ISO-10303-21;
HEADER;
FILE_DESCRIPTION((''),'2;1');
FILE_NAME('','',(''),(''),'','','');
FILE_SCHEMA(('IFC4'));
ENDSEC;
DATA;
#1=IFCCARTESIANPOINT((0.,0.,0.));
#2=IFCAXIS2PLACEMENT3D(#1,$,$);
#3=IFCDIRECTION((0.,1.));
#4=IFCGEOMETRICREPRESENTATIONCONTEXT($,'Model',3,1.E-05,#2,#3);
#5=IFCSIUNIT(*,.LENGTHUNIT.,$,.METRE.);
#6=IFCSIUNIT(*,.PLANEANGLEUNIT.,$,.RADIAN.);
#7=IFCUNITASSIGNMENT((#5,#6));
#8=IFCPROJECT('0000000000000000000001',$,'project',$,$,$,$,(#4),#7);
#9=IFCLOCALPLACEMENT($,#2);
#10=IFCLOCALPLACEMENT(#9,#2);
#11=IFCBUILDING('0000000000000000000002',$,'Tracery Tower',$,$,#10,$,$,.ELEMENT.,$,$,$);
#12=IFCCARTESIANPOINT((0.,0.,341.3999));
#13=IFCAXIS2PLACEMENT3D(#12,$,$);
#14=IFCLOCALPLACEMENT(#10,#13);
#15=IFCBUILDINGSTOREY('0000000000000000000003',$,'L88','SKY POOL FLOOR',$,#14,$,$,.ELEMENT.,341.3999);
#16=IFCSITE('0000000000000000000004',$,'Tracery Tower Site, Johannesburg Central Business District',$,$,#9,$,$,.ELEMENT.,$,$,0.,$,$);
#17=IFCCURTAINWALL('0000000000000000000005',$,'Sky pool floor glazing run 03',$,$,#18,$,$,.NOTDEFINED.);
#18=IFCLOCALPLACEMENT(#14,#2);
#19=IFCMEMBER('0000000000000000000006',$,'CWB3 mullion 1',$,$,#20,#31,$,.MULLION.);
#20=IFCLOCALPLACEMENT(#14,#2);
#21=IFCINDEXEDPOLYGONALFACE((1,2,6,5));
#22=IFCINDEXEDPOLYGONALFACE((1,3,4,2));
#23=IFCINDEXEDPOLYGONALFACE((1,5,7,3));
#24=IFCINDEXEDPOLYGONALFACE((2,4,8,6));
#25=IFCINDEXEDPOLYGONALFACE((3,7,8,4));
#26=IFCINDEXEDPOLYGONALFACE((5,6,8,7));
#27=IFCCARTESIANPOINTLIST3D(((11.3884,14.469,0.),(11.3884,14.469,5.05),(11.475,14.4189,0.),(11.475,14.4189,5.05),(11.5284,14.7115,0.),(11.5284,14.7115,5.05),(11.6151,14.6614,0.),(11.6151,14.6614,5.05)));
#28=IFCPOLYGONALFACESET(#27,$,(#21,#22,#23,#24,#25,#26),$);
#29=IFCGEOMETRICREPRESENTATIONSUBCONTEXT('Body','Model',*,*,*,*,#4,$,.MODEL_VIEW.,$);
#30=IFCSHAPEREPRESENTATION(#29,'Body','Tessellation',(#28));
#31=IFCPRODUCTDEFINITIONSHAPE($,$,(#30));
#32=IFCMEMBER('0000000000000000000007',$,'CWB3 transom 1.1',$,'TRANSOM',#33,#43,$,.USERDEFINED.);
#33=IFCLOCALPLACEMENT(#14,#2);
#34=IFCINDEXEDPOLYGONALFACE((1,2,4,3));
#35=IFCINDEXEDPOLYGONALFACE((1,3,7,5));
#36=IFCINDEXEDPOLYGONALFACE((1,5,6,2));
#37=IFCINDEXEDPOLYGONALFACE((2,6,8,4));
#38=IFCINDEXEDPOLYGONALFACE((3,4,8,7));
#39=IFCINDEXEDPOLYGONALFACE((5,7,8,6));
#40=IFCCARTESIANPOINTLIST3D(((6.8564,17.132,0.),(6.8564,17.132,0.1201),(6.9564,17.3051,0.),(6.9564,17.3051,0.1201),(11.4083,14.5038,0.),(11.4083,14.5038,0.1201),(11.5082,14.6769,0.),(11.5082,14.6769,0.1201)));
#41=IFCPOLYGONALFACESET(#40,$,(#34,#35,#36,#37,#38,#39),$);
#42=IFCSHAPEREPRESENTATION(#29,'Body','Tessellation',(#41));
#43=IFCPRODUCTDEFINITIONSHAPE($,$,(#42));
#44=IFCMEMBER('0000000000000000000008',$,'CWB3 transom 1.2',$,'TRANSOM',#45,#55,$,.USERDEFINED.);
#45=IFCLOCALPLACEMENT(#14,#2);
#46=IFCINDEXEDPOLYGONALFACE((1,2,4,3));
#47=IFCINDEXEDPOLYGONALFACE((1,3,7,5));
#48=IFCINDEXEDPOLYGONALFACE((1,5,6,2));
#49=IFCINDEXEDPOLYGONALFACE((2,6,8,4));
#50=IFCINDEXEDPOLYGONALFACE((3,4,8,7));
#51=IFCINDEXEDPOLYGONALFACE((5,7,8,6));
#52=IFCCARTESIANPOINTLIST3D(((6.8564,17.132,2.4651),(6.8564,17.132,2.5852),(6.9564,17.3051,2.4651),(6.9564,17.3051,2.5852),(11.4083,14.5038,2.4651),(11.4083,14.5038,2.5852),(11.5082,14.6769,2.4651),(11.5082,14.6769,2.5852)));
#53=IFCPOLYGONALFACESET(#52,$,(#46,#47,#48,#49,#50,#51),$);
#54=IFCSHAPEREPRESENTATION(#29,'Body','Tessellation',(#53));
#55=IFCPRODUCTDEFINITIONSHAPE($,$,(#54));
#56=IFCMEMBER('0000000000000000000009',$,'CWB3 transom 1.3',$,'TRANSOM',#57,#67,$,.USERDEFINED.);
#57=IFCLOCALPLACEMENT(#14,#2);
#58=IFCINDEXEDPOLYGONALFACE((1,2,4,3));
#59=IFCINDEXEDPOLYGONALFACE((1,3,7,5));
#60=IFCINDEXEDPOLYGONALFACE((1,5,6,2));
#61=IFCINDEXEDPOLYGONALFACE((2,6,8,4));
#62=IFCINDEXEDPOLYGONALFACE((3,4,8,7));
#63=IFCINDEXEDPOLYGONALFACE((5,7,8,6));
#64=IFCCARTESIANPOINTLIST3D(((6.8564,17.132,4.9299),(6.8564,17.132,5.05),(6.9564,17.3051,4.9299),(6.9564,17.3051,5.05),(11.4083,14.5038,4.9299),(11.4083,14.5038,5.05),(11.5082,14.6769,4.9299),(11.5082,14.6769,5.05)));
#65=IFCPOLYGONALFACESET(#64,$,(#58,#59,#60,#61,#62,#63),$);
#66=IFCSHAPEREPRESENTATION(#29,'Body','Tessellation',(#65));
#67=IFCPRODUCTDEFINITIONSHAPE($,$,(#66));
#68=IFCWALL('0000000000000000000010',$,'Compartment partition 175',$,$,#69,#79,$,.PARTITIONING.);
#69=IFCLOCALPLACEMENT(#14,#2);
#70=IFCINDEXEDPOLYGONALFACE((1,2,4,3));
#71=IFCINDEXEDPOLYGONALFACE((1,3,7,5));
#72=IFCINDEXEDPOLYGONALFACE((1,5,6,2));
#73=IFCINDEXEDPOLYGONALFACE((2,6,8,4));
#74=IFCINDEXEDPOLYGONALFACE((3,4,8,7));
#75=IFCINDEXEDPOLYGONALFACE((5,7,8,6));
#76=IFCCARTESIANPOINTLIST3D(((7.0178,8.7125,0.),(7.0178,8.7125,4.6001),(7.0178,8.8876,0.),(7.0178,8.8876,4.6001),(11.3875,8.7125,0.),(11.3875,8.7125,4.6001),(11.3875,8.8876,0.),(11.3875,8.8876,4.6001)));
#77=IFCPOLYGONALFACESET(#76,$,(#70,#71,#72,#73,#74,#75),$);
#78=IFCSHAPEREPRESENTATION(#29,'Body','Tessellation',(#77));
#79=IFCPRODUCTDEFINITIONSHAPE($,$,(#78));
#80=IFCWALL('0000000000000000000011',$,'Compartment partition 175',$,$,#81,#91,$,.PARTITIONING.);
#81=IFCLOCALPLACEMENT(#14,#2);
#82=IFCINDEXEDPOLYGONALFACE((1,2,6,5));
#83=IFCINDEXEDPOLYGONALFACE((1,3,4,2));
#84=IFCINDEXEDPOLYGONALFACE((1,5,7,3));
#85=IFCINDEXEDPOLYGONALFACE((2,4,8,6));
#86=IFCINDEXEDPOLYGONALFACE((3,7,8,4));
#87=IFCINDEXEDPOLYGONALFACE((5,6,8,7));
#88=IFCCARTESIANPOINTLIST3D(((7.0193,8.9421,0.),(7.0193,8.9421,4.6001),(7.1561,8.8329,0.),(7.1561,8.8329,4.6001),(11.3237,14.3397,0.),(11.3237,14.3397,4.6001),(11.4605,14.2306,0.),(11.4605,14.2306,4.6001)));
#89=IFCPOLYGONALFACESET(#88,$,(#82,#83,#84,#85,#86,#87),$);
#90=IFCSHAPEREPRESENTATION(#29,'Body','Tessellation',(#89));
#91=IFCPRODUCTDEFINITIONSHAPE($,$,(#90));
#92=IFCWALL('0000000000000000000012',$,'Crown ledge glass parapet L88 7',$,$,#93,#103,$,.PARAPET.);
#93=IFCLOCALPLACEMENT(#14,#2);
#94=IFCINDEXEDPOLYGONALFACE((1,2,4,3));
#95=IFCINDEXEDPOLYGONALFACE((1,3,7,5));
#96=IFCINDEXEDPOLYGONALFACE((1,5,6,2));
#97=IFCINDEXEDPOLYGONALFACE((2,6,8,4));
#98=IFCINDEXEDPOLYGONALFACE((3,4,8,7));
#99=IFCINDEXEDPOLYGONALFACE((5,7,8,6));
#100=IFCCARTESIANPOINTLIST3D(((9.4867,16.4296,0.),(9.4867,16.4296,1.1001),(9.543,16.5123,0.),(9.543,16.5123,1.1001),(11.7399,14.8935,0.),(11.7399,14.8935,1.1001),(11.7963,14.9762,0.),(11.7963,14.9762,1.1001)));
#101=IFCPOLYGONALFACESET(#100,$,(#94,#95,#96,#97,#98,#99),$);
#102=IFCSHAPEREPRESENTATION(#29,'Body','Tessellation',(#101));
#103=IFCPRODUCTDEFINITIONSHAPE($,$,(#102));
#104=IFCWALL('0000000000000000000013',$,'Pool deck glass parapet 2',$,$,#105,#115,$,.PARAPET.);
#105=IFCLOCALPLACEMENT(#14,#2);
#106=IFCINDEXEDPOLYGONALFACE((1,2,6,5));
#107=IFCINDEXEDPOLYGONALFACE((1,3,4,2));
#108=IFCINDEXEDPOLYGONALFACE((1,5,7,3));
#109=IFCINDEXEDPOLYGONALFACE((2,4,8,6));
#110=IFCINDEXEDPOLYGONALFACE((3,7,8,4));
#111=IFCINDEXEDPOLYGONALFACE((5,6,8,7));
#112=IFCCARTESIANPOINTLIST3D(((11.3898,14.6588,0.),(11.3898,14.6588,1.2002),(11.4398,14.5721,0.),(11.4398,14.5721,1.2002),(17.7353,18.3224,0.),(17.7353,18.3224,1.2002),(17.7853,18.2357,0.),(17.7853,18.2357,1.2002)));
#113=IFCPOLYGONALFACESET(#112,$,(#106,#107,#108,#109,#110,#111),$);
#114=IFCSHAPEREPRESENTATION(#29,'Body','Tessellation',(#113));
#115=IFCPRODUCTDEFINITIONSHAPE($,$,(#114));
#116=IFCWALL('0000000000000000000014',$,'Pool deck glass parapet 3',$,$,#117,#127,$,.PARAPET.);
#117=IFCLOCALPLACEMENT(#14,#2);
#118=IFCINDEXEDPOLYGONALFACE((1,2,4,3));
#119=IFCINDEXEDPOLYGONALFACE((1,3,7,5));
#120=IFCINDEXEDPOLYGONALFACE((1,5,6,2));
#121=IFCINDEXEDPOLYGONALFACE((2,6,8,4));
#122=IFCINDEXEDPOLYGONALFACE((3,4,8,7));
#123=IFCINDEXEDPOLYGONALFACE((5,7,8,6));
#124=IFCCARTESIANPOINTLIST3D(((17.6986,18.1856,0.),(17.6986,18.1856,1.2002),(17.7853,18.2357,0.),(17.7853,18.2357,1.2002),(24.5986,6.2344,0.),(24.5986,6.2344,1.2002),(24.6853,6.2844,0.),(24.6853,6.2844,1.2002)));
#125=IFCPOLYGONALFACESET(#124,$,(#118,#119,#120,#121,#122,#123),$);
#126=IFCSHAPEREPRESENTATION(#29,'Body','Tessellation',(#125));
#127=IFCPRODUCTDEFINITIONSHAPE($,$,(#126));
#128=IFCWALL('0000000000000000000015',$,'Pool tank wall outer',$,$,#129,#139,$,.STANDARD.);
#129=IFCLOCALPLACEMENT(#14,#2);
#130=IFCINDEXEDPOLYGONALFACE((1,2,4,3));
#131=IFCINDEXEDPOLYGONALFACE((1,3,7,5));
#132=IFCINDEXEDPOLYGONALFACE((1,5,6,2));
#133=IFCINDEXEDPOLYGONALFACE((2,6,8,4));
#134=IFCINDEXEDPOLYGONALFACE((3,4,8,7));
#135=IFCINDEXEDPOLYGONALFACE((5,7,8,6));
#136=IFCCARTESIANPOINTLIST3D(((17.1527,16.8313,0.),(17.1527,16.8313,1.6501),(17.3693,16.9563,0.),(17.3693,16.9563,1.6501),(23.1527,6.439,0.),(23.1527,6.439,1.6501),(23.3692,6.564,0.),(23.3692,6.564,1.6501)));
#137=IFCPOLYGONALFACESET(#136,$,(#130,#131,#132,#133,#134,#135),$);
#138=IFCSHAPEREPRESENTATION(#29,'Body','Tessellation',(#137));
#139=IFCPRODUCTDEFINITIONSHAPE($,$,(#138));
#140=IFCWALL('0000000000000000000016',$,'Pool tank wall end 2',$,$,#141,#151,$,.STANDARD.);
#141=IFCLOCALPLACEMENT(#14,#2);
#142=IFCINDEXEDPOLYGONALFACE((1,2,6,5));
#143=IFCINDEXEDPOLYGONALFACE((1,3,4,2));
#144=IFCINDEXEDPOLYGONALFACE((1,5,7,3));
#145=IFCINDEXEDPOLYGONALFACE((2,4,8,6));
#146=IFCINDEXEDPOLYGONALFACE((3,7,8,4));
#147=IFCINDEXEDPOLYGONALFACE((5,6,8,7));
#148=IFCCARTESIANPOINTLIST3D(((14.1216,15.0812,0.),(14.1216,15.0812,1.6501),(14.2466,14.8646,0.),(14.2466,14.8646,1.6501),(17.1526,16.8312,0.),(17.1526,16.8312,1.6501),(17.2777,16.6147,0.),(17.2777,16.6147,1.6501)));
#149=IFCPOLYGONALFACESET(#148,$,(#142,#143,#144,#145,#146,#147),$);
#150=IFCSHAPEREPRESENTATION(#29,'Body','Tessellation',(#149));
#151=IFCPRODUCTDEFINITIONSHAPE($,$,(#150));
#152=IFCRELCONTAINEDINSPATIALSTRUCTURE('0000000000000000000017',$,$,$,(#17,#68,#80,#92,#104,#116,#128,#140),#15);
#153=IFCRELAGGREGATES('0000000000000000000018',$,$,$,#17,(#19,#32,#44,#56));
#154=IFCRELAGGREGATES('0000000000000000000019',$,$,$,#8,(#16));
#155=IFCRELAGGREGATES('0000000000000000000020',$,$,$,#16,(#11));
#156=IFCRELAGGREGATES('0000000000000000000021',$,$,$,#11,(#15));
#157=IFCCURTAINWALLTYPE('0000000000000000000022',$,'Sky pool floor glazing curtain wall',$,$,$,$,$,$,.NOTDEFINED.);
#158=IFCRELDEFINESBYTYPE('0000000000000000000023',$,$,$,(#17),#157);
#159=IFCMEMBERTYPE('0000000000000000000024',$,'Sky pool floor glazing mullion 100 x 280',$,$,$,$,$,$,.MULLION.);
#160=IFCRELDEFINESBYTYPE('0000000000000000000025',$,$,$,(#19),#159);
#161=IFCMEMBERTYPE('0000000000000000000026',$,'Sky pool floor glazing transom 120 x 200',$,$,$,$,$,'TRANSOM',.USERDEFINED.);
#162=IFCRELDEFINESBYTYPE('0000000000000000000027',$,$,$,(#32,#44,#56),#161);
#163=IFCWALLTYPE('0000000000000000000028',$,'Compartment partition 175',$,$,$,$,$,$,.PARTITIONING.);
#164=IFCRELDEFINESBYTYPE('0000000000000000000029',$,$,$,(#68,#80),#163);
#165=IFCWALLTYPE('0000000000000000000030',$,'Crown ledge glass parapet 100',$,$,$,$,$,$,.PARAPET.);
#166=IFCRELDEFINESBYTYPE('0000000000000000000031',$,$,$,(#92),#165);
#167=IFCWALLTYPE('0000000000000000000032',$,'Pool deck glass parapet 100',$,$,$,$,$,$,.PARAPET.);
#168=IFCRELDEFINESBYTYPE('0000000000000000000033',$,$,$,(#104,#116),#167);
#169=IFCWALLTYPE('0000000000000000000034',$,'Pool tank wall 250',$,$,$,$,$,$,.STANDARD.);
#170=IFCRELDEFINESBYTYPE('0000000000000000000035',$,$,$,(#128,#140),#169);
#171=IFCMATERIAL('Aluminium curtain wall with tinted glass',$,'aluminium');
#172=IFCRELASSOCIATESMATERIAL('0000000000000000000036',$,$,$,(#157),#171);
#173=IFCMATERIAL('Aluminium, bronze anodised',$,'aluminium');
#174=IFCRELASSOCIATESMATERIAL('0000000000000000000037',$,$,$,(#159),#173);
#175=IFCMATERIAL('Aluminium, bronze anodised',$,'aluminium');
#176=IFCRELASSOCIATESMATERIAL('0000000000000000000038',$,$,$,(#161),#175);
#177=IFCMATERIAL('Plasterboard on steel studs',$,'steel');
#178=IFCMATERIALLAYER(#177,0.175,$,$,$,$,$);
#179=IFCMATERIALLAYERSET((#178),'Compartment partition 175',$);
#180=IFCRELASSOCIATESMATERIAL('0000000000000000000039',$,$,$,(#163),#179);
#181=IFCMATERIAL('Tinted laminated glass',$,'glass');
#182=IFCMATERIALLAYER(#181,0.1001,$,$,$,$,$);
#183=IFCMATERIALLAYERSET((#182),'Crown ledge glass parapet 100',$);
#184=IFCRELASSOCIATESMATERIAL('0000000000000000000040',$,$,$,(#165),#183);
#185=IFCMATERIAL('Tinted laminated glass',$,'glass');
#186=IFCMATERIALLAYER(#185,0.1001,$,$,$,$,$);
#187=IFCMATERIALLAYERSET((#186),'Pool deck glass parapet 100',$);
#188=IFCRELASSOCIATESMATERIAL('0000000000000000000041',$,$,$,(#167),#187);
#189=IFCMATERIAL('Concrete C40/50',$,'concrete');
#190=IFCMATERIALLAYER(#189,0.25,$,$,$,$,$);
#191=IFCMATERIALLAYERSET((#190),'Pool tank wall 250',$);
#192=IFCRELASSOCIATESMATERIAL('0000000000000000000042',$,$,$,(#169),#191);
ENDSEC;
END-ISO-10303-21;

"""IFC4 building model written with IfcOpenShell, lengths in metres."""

from ifc_helpers import new_model, si_unit, direction, frame, frame_2d, origin, origin_2d, place, context, subcontext, project, spatial, rectangle, extrude, material, layer, layer_set, material_profile, profile_set, type_object, element, aggregate, save


model = new_model("IFC4")

# Units and contexts
model_context = context("Model", 3, precision=1e-05, world=origin(), true_north=direction((0.0, 1.0)))
body_context = subcontext(model_context, "Body", "Model", "MODEL_VIEW")
ifc_project = project(units=[si_unit("LENGTHUNIT", "METRE"), si_unit("PLANEANGLEUNIT", "RADIAN")], contexts=[model_context])

# Site, building, storey
site_placement = place(None, origin())
site = spatial("IfcSite", under=ifc_project, at=site_placement, Name="Tracery Tower Site, Johannesburg Central Business District", CompositionType="ELEMENT", RefElevation=0.0)
building_placement = place(site_placement, origin())
building = spatial("IfcBuilding", under=site, at=building_placement, Name="Tracery Tower", CompositionType="ELEMENT")
storey_placement = place(building_placement, frame((0.0, 0.0, 341.3999)))
storey = spatial("IfcBuildingStorey", under=building, at=storey_placement, Name="L88", Description="SKY POOL FLOOR", CompositionType="ELEMENT", Elevation=341.3999)

# Curtain wall, members
ifc_material_1 = material(Name="Aluminium curtain wall with tinted glass", Category="aluminium")
curtain_wall_type = type_object("IfcCurtainWallType", Name="Sky pool floor glazing curtain wall", PredefinedType="NOTDEFINED", material=ifc_material_1)
curtain_wall_placement = place(storey_placement, origin())
curtain_wall = element("IfcCurtainWall", 1, at=curtain_wall_placement, inside=storey, type_object=curtain_wall_type, Name="Sky pool floor glazing run 03", PredefinedType="NOTDEFINED")
ifc_material_2 = material(Name="Aluminium, bronze anodised", Category="aluminium")
ifc_material_profile_1 = material_profile(ifc_material_2, rectangle(XDim=0.28, YDim=0.1001, at=origin_2d()), Name="Sky pool floor glazing mullion 100 x 280")
ifc_profile_set_1 = profile_set([ifc_material_profile_1], Name="Aluminium, bronze anodised")
member_type_1 = type_object("IfcMemberType", Name="Sky pool floor glazing mullion 100 x 280", PredefinedType="MULLION", material=ifc_profile_set_1)
member_1_placement = place(storey_placement, frame((11.5017, 14.5652, 0.0), z_axis=(0.0, 0.0, 1.0), x_axis=(-0.500009, -0.86602, 0.0)))
member_1 = element("IfcMember", 2, at=member_1_placement, type_object=member_type_1, Name="CWB3 mullion 1", PredefinedType="MULLION", context=body_context, shape_type="SweptSolid", body=[
    extrude(rectangle(XDim=0.28, YDim=0.1001, at=origin_2d()), origin(), (0.0, 0.0, 1.0), 5.05),
])
ifc_material_3 = material(Name="Aluminium, bronze anodised", Category="aluminium")
ifc_material_profile_2 = material_profile(ifc_material_3, rectangle(XDim=0.2, YDim=0.1201, at=origin_2d()), Name="Sky pool floor glazing transom 120 x 200")
ifc_profile_set_2 = profile_set([ifc_material_profile_2], Name="Aluminium, bronze anodised")
member_type_2 = type_object("IfcMemberType", Name="Sky pool floor glazing transom 120 x 200", ElementType="TRANSOM", PredefinedType="USERDEFINED", material=ifc_profile_set_2)
member_2_placement = place(storey_placement, frame((11.4583, 14.5903, 0.0601), z_axis=(-0.866008, 0.500031, 0.0), x_axis=(-0.500031, -0.866008, 0.0)))
member_2 = element("IfcMember", 3, at=member_2_placement, type_object=member_type_2, Name="CWB3 transom 1.1", ObjectType="TRANSOM", PredefinedType="USERDEFINED", context=body_context, shape_type="SweptSolid", body=[
    extrude(rectangle(XDim=0.2, YDim=0.1201, at=origin_2d()), origin(), (0.0, 0.0, 1.0), 5.2561),
])
member_3_placement = place(storey_placement, frame((11.4583, 14.5903, 2.5251), z_axis=(-0.866008, 0.500031, 0.0), x_axis=(-0.500031, -0.866008, 0.0)))
member_3 = element("IfcMember", 4, at=member_3_placement, type_object=member_type_2, Name="CWB3 transom 1.2", ObjectType="TRANSOM", PredefinedType="USERDEFINED", context=body_context, shape_type="SweptSolid", body=[
    extrude(rectangle(XDim=0.2, YDim=0.1201, at=origin_2d()), origin(), (0.0, 0.0, 1.0), 5.2561),
])
member_4_placement = place(storey_placement, frame((11.4583, 14.5903, 4.99), z_axis=(-0.866008, 0.500031, 0.0), x_axis=(-0.500031, -0.866008, 0.0)))
member_4 = element("IfcMember", 5, at=member_4_placement, type_object=member_type_2, Name="CWB3 transom 1.3", ObjectType="TRANSOM", PredefinedType="USERDEFINED", context=body_context, shape_type="SweptSolid", body=[
    extrude(rectangle(XDim=0.2, YDim=0.1201, at=origin_2d()), origin(), (0.0, 0.0, 1.0), 5.2561),
])
aggregate(curtain_wall, [member_1, member_2, member_3, member_4])

# Walls
ifc_material_4 = material(Name="Plasterboard on steel studs", Category="steel")
ifc_layer_1 = layer(ifc_material_4, 0.175)
ifc_layer_set_1 = layer_set([ifc_layer_1], Name="Compartment partition 175")
wall_type_1 = type_object("IfcWallType", Name="Compartment partition 175", PredefinedType="PARTITIONING", material=ifc_layer_set_1)
wall_1_placement = place(storey_placement, frame((11.3875, 8.8, 0.0), z_axis=(0.0, 0.0, 1.0), x_axis=(-1.0, 0.0, 0.0)))
element("IfcWall", 6, at=wall_1_placement, inside=storey, type_object=wall_type_1, Name="Compartment partition 175", PredefinedType="PARTITIONING", context=body_context, shape_type="SweptSolid", body=[
    extrude(rectangle(XDim=4.3696, YDim=0.175, at=frame_2d((2.1848, 0.0))), origin(), (0.0, 0.0, 1.0), 4.6001),
])
wall_2_placement = place(storey_placement, frame((11.3921, 14.2852, 0.0), z_axis=(0.0, 0.0, 1.0), x_axis=(-0.623482, -0.781837, 0.0)))
element("IfcWall", 7, at=wall_2_placement, inside=storey, type_object=wall_type_1, Name="Compartment partition 175", PredefinedType="PARTITIONING", context=body_context, shape_type="SweptSolid", body=[
    extrude(rectangle(XDim=6.9038, YDim=0.175, at=frame_2d((3.4519, 0.0))), origin(), (0.0, 0.0, 1.0), 4.6001),
])
ifc_material_5 = material(Name="Tinted laminated glass", Category="glass")
ifc_layer_2 = layer(ifc_material_5, 0.1001)
ifc_layer_set_2 = layer_set([ifc_layer_2], Name="Crown ledge glass parapet 100")
wall_type_2 = type_object("IfcWallType", Name="Crown ledge glass parapet 100", PredefinedType="PARAPET", material=ifc_layer_set_2)
wall_3_placement = place(storey_placement, frame((11.7681, 14.9348, 0.0), z_axis=(0.0, 0.0, 1.0), x_axis=(-0.826248, 0.563306, 0.0)))
element("IfcWall", 8, at=wall_3_placement, inside=storey, type_object=wall_type_2, Name="Crown ledge glass parapet L88 7", PredefinedType="PARAPET", context=body_context, shape_type="SweptSolid", body=[
    extrude(rectangle(XDim=2.7271, YDim=0.1001, at=frame_2d((1.3635, 0.0))), origin(), (0.0, 0.0, 1.0), 1.1001),
])

# Walls
ifc_material_6 = material(Name="Tinted laminated glass", Category="glass")
ifc_layer_3 = layer(ifc_material_6, 0.1001)
ifc_layer_set_3 = layer_set([ifc_layer_3], Name="Pool deck glass parapet 100")
wall_type_3 = type_object("IfcWallType", Name="Pool deck glass parapet 100", PredefinedType="PARAPET", material=ifc_layer_set_3)
wall_4_placement = place(storey_placement, frame((11.4148, 14.6155, 0.0), z_axis=(0.0, 0.0, 1.0), x_axis=(0.866024, 0.500002, 0.0)))
element("IfcWall", 9, at=wall_4_placement, inside=storey, type_object=wall_type_3, Name="Pool deck glass parapet 2", PredefinedType="PARAPET", context=body_context, shape_type="SweptSolid", body=[
    extrude(rectangle(XDim=7.3271, YDim=0.1001, at=frame_2d((3.6636, 0.0))), origin(), (0.0, 0.0, 1.0), 1.2002),
])
wall_5_placement = place(storey_placement, frame((24.6418, 6.2595, 0.0), z_axis=(0.0, 0.0, 1.0), x_axis=(-0.499994, 0.866029, 0.0)))
element("IfcWall", 10, at=wall_5_placement, inside=storey, type_object=wall_type_3, Name="Pool deck glass parapet 3", PredefinedType="PARAPET", context=body_context, shape_type="SweptSolid", body=[
    extrude(rectangle(XDim=13.8, YDim=0.1001, at=frame_2d((6.8999, 0.0))), origin(), (0.0, 0.0, 1.0), 1.2002),
])
ifc_material_7 = material(Name="Concrete C40/50", Category="concrete")
ifc_layer_4 = layer(ifc_material_7, 0.25)
ifc_layer_set_4 = layer_set([ifc_layer_4], Name="Pool tank wall 250")
wall_type_4 = type_object("IfcWallType", Name="Pool tank wall 250", PredefinedType="STANDARD", material=ifc_layer_set_4)
wall_6_placement = place(storey_placement, frame((23.261, 6.5015, 0.0), z_axis=(0.0, 0.0, 1.0), x_axis=(-0.499999, 0.866026, 0.0)))
element("IfcWall", 11, at=wall_6_placement, inside=storey, type_object=wall_type_4, Name="Pool tank wall outer", PredefinedType="STANDARD", context=body_context, shape_type="SweptSolid", body=[
    extrude(rectangle(XDim=12.0, YDim=0.25, at=frame_2d((6.0, 0.0))), origin(), (0.0, 0.0, 1.0), 1.6501),
])
wall_7_placement = place(storey_placement, frame((14.1841, 14.9729, 0.0), z_axis=(0.0, 0.0, 1.0), x_axis=(0.866019, 0.50001, 0.0)))
element("IfcWall", 12, at=wall_7_placement, inside=storey, type_object=wall_type_4, Name="Pool tank wall end 2", PredefinedType="STANDARD", context=body_context, shape_type="SweptSolid", body=[
    extrude(rectangle(XDim=3.5, YDim=0.25, at=frame_2d((1.75, 0.0))), origin(), (0.0, 0.0, 1.0), 1.6501),
])

save(model, "model.ifc")
